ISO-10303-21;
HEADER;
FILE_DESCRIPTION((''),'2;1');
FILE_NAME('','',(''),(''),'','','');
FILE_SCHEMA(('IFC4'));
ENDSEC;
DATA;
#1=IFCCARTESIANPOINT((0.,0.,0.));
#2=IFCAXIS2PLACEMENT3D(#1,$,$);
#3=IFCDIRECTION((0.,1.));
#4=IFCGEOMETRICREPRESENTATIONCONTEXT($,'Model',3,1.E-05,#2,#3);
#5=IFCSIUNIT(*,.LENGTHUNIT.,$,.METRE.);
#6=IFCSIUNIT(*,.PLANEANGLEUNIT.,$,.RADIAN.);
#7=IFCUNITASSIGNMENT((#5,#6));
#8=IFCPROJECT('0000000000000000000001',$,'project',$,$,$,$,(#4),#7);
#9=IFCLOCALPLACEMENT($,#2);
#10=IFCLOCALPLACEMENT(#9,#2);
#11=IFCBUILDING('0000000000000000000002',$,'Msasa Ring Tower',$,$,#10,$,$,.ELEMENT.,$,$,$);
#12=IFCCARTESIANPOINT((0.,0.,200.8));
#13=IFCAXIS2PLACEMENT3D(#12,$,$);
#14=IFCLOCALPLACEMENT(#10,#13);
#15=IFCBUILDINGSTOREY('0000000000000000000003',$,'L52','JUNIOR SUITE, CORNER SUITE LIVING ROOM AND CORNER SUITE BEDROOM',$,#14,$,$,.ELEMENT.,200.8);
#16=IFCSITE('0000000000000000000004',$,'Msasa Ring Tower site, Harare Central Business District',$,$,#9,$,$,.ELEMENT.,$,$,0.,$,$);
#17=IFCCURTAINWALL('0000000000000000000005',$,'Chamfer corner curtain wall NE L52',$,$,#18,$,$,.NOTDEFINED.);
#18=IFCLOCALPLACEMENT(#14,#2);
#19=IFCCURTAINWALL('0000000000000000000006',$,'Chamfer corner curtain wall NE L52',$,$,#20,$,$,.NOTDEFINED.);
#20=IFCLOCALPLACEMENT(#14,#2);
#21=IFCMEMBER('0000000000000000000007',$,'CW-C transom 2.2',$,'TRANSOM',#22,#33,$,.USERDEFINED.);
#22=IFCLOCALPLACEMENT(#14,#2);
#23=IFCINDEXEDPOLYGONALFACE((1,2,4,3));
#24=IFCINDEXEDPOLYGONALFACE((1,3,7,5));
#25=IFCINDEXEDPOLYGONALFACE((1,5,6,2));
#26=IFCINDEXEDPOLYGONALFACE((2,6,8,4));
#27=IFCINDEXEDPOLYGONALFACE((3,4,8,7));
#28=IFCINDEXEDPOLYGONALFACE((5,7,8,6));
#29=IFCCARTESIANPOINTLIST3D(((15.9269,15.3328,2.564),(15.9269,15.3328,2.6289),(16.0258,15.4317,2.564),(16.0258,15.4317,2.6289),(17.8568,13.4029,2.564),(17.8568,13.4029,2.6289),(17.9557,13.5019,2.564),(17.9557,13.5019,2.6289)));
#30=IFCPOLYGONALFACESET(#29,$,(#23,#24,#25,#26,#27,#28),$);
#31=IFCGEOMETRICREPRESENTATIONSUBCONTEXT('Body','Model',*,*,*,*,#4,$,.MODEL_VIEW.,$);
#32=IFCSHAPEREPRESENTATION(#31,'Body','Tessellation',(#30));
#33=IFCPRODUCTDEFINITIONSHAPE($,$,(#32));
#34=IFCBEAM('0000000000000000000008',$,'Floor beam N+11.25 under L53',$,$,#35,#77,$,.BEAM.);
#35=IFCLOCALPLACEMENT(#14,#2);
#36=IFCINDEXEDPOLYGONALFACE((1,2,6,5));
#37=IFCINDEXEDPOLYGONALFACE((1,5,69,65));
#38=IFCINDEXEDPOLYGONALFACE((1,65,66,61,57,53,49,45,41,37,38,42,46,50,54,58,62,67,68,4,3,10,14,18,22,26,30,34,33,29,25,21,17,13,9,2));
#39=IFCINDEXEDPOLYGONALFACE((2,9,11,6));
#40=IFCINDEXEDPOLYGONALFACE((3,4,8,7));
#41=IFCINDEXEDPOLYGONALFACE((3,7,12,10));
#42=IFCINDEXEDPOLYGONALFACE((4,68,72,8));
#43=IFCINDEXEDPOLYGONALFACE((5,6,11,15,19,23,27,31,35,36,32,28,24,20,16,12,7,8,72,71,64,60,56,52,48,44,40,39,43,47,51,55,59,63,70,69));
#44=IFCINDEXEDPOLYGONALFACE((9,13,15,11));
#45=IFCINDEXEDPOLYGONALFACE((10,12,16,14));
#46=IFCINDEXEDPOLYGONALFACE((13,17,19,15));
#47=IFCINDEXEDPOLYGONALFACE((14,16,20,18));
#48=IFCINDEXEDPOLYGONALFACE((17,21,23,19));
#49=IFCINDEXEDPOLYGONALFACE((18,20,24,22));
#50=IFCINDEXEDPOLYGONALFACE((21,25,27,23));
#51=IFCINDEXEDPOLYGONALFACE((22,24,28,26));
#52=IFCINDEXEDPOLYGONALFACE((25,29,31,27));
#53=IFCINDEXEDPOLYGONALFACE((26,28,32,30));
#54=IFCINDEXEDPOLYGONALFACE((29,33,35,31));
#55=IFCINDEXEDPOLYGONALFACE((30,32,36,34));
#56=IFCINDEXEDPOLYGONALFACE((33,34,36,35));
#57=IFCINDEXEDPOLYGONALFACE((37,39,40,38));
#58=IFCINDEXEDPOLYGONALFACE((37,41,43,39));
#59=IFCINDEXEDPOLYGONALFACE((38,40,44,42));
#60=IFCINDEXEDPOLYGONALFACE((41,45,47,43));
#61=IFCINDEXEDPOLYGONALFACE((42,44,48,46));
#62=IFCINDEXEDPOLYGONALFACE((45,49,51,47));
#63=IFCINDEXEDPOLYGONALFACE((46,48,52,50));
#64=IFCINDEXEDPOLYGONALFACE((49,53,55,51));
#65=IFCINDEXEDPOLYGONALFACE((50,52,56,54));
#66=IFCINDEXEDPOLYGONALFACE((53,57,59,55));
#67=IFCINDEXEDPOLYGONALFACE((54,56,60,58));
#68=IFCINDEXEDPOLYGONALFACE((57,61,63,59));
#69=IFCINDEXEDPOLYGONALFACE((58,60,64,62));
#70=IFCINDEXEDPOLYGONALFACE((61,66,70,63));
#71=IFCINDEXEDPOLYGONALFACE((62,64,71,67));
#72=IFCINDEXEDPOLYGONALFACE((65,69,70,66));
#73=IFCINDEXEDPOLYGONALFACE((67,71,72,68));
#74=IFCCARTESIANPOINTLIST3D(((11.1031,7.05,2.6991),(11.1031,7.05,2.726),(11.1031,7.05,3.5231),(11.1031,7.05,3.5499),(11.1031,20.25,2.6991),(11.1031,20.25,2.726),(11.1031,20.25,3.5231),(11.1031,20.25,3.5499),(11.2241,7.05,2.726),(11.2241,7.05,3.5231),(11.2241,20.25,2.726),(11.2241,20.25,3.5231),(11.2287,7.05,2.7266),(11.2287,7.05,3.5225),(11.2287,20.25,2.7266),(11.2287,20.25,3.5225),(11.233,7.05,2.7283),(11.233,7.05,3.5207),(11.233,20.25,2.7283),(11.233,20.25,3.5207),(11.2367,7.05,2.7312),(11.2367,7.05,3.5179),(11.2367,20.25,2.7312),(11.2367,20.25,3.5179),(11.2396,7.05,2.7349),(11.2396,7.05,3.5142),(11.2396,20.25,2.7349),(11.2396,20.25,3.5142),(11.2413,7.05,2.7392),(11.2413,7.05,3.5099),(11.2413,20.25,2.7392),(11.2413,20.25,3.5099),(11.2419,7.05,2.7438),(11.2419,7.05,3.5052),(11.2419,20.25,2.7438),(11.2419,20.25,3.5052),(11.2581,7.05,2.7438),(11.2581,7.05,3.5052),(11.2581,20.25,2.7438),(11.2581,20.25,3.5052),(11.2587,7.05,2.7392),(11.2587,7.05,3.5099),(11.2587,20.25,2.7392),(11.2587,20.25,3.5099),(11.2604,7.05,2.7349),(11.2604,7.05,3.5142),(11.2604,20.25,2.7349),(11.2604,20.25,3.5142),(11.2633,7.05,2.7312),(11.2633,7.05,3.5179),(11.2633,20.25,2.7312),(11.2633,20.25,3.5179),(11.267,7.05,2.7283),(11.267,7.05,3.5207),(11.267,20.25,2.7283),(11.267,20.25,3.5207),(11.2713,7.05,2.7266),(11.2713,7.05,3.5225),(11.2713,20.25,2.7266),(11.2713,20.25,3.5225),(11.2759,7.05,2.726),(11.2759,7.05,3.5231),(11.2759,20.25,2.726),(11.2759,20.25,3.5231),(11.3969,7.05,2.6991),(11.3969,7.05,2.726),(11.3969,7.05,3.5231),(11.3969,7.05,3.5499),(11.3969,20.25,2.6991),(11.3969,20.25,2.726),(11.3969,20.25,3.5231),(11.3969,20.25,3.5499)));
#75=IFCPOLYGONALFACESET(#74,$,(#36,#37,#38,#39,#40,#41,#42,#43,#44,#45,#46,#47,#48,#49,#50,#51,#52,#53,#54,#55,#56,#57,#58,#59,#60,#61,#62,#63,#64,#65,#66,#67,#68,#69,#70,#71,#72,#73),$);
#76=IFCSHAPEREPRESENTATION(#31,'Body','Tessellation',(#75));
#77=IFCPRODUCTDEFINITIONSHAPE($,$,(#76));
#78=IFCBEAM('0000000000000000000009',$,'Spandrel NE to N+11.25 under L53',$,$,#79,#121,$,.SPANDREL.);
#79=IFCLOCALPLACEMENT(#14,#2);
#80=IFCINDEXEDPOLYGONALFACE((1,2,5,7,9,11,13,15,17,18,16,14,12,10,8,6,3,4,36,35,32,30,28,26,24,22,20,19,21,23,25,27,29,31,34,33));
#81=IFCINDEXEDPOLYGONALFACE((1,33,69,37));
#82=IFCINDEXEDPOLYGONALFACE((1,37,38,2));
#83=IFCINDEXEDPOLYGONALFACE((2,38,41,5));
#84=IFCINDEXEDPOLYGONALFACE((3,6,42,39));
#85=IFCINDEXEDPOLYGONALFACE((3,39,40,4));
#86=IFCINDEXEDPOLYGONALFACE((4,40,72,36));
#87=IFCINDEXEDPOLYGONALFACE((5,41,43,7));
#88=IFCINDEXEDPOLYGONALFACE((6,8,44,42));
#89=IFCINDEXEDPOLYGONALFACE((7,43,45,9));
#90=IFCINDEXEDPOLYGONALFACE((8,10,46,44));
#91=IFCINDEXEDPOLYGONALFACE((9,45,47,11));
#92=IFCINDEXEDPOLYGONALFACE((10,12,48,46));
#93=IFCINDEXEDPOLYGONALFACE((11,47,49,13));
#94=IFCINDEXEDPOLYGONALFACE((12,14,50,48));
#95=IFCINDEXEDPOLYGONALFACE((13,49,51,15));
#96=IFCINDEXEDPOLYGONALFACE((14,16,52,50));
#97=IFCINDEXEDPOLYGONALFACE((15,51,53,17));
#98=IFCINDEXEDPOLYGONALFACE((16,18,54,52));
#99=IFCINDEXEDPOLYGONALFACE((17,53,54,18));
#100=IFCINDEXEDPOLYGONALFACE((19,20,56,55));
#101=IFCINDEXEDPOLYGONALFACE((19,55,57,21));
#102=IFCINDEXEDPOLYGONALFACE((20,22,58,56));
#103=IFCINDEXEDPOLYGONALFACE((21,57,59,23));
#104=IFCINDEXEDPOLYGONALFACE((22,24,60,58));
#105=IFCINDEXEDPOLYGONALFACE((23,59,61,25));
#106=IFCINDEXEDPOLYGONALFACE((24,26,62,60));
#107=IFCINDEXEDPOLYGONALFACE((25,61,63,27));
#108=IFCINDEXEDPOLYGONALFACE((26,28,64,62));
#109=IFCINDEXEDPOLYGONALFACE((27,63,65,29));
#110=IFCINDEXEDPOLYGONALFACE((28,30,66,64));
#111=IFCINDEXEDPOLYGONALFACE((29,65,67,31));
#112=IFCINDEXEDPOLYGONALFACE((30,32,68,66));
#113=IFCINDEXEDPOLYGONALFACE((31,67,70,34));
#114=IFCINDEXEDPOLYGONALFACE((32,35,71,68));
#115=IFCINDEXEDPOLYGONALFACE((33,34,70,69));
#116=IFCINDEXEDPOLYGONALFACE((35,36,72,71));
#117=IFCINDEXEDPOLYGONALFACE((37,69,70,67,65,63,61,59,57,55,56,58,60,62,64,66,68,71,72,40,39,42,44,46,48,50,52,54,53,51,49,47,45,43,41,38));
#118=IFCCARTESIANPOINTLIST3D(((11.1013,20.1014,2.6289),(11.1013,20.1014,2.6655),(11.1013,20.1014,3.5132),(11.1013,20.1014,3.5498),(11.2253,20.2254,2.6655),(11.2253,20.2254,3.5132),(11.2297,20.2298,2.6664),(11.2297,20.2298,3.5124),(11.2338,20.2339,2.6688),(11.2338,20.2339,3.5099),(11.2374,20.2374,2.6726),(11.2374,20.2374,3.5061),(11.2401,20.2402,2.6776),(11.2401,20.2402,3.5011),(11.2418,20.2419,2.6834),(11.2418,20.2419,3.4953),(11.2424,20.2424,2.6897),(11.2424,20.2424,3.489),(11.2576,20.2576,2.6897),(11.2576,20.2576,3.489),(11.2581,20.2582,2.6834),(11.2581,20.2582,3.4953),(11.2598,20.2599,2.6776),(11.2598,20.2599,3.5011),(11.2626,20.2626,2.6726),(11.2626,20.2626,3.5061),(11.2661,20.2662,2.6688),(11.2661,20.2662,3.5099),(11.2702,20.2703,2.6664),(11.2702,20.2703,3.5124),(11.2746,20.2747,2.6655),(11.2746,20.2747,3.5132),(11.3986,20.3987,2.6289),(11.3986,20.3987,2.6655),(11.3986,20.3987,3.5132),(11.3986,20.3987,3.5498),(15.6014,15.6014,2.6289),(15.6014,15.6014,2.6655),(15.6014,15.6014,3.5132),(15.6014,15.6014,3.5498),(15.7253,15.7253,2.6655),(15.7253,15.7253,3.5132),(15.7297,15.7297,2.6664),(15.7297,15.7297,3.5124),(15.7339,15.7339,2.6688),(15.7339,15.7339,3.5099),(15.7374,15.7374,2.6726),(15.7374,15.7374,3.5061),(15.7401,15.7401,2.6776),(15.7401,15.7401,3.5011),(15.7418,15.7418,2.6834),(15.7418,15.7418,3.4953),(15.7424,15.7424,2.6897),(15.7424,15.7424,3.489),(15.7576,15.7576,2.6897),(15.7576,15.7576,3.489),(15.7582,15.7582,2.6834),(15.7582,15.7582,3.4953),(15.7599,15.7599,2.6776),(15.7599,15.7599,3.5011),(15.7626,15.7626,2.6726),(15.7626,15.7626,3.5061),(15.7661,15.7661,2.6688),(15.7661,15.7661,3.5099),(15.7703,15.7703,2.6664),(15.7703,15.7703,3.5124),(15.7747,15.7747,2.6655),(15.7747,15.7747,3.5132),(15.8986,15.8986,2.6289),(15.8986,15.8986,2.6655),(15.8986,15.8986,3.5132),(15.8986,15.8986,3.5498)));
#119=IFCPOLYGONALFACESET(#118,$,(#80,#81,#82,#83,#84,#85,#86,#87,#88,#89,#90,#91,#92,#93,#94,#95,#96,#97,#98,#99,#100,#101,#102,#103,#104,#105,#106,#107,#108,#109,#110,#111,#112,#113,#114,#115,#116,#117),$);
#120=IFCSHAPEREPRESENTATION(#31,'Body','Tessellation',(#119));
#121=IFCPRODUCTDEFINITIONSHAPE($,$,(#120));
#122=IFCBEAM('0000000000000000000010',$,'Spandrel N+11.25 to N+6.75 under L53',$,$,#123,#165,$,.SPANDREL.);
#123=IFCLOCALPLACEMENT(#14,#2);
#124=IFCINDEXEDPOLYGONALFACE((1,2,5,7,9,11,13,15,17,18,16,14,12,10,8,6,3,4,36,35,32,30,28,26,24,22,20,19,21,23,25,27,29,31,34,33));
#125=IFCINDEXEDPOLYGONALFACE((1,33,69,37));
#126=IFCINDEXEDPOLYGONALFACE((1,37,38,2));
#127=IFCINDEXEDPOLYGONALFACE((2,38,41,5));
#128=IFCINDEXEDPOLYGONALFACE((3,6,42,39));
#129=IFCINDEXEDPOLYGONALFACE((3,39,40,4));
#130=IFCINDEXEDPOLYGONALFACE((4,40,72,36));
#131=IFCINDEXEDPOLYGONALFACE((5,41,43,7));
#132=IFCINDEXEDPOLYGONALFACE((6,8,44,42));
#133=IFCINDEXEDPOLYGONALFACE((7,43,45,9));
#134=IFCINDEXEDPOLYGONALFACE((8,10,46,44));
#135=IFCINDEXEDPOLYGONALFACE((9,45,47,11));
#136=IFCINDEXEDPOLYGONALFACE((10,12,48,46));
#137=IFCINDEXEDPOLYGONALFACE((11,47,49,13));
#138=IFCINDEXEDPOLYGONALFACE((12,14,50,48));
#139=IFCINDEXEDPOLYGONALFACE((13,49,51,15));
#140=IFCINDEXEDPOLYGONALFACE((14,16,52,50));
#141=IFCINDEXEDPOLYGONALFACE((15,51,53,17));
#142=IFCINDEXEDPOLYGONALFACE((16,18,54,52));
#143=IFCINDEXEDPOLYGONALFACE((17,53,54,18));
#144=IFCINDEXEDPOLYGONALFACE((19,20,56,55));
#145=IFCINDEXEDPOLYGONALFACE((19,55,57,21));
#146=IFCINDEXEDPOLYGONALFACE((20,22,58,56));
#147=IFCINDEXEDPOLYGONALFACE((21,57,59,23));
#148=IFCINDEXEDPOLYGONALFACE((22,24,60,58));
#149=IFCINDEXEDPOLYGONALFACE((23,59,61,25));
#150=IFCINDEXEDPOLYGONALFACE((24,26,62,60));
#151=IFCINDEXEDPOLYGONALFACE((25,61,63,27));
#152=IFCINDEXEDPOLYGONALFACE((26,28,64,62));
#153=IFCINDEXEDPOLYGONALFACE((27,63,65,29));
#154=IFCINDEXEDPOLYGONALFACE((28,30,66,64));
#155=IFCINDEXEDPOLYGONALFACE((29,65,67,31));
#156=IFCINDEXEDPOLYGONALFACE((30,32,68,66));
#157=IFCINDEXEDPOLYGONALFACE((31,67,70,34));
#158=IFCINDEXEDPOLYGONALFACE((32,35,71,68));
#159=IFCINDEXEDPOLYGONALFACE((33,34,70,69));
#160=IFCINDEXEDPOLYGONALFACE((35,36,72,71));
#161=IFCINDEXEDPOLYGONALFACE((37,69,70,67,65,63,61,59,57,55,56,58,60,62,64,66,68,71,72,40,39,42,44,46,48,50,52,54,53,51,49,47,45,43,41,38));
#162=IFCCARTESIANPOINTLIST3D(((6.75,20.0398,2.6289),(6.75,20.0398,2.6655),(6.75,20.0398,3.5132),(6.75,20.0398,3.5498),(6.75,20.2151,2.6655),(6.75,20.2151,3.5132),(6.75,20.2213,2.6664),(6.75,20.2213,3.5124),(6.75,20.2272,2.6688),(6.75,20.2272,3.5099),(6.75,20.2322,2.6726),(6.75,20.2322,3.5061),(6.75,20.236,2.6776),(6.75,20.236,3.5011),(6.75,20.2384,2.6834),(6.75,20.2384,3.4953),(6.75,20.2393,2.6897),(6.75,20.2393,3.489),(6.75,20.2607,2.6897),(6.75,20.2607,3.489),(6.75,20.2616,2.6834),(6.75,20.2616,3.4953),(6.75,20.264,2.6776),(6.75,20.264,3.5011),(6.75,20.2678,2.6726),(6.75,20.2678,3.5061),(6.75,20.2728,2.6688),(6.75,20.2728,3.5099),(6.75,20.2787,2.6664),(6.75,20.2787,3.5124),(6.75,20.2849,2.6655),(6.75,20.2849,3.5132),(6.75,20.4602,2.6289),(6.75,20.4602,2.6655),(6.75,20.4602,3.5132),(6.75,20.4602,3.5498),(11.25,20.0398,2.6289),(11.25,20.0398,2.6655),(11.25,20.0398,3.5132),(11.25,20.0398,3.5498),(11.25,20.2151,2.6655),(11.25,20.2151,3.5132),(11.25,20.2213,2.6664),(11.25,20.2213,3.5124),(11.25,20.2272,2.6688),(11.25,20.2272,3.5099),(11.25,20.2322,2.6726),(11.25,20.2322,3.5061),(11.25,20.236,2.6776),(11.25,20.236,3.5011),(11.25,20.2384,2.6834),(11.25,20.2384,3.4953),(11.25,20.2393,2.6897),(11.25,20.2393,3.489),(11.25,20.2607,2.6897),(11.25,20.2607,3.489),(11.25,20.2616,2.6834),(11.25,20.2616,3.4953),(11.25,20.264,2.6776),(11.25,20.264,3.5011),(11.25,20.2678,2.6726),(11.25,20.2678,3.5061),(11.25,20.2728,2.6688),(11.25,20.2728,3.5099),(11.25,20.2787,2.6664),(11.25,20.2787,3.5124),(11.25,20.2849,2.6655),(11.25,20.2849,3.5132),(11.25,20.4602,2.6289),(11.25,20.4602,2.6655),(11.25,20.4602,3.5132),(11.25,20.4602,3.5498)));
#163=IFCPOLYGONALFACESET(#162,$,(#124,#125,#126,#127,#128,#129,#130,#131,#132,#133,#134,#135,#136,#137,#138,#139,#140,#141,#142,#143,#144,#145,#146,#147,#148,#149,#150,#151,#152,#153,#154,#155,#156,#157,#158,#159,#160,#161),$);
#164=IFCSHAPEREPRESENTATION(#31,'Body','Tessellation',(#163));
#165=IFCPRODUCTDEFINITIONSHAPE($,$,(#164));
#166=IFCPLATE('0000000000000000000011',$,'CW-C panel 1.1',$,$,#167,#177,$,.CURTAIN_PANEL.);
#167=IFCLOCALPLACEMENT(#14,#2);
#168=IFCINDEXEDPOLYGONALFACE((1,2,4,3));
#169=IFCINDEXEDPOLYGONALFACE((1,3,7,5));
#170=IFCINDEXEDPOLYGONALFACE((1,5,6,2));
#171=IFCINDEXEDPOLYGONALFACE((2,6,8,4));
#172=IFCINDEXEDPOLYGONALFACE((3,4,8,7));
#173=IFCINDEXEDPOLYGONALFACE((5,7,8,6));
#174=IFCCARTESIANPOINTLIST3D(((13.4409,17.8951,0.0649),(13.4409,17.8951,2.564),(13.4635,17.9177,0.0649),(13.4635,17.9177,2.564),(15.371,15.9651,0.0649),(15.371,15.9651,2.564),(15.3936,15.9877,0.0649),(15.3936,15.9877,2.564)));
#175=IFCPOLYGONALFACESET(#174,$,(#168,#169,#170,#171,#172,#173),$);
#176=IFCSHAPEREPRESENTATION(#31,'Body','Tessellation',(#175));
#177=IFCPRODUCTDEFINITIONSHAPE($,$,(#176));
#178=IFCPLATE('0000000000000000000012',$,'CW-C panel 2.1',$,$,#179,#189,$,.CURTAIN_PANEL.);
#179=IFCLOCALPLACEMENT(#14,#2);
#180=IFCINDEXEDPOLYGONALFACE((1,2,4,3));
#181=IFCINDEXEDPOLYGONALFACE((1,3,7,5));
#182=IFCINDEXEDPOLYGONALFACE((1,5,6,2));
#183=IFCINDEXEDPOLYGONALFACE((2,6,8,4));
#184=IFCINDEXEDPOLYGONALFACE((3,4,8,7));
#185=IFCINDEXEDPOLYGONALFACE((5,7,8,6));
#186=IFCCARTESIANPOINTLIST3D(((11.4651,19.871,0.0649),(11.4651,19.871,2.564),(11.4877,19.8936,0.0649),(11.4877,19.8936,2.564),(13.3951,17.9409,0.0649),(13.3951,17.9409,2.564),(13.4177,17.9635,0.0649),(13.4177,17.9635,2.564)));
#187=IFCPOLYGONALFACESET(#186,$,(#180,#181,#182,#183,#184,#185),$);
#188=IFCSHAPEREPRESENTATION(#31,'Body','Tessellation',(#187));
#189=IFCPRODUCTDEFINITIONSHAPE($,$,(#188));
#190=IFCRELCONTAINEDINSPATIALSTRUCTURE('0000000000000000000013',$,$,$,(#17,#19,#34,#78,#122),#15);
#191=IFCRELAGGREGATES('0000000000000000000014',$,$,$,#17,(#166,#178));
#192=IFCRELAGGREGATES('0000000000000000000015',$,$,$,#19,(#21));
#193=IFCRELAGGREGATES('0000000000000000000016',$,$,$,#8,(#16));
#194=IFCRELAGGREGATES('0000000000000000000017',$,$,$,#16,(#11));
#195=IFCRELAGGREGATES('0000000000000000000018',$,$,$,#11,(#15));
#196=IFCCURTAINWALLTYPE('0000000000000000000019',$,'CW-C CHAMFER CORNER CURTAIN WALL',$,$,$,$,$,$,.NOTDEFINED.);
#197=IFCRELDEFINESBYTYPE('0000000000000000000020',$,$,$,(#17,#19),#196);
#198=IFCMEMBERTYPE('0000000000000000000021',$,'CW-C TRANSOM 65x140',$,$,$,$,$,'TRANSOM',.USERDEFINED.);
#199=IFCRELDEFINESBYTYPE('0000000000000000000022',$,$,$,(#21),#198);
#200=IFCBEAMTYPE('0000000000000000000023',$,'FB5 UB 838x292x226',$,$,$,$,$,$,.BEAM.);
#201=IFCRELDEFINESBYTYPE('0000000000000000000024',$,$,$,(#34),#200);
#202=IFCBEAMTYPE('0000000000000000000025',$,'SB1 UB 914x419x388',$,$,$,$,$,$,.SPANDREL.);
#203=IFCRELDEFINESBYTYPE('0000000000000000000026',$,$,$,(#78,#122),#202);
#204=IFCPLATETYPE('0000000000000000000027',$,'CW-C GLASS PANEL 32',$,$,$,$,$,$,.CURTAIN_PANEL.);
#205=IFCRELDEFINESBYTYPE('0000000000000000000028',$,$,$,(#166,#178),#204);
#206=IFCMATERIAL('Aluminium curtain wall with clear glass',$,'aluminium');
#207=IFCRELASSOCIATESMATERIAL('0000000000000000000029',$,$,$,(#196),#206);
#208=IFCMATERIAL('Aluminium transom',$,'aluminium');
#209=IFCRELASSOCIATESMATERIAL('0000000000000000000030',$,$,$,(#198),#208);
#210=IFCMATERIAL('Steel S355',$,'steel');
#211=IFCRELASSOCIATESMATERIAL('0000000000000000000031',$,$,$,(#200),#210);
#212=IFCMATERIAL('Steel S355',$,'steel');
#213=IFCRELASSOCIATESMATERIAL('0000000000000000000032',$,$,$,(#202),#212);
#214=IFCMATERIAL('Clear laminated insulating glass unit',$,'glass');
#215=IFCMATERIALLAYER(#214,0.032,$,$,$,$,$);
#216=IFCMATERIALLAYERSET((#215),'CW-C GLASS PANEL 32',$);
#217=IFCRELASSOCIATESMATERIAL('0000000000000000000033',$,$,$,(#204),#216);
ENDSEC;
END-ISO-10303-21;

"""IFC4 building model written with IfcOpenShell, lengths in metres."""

from ifc_helpers import new_model, si_unit, direction, frame, origin, origin_2d, place, context, subcontext, project, spatial, rectangle, i_section, extrude, material, layer, layer_set, material_profile, profile_set, type_object, element, aggregate, save


model = new_model("IFC4")

# Units and contexts
model_context = context("Model", 3, precision=1e-05, world=origin(), true_north=direction((0.0, 1.0)))
body_context = subcontext(model_context, "Body", "Model", "MODEL_VIEW")
ifc_project = project(units=[si_unit("LENGTHUNIT", "METRE"), si_unit("PLANEANGLEUNIT", "RADIAN")], contexts=[model_context])

# Site, building, storey
site_placement = place(None, origin())
site = spatial("IfcSite", under=ifc_project, at=site_placement, Name="Msasa Ring Tower site, Harare Central Business District", CompositionType="ELEMENT", RefElevation=0.0)
building_placement = place(site_placement, origin())
building = spatial("IfcBuilding", under=site, at=building_placement, Name="Msasa Ring Tower", CompositionType="ELEMENT")
storey_placement = place(building_placement, frame((0.0, 0.0, 200.8)))
storey = spatial("IfcBuildingStorey", under=building, at=storey_placement, Name="L52", Description="JUNIOR SUITE, CORNER SUITE LIVING ROOM AND CORNER SUITE BEDROOM", CompositionType="ELEMENT", Elevation=200.8)

# Curtain walls
ifc_material_1 = material(Name="Aluminium curtain wall with clear glass", Category="aluminium")
curtain_wall_type = type_object("IfcCurtainWallType", Name="CW-C CHAMFER CORNER CURTAIN WALL", PredefinedType="NOTDEFINED", material=ifc_material_1)
curtain_wall_1_placement = place(storey_placement, origin())
curtain_wall_1 = element("IfcCurtainWall", 1, at=curtain_wall_1_placement, inside=storey, type_object=curtain_wall_type, Name="Chamfer corner curtain wall NE L52", PredefinedType="NOTDEFINED")
curtain_wall_2_placement = place(storey_placement, origin())
curtain_wall_2 = element("IfcCurtainWall", 2, at=curtain_wall_2_placement, inside=storey, type_object=curtain_wall_type, Name="Chamfer corner curtain wall NE L52", PredefinedType="NOTDEFINED")

# Member
ifc_material_2 = material(Name="Aluminium transom", Category="aluminium")
ifc_material_profile_1 = material_profile(ifc_material_2, rectangle(XDim=0.1399, YDim=0.0649, at=origin_2d()), Name="AL 65x140")
ifc_profile_set_1 = profile_set([ifc_material_profile_1], Name="Aluminium transom")
member_type_1 = type_object("IfcMemberType", Name="CW-C TRANSOM 65x140", ElementType="TRANSOM", PredefinedType="USERDEFINED", material=ifc_profile_set_1)
member_1_placement = place(storey_placement, frame((17.9062, 13.4524, 2.5964), z_axis=(-0.707107, 0.707107, 0.0), x_axis=(-0.707107, -0.707107, 0.0)))
member_1 = element("IfcMember", 3, at=member_1_placement, type_object=member_type_1, Name="CW-C transom 2.2", ObjectType="TRANSOM", PredefinedType="USERDEFINED", context=body_context, shape_type="SweptSolid", body=[
    extrude(rectangle(XDim=0.1399, YDim=0.0649, at=origin_2d()), origin(), (0.0, 0.0, 1.0), 2.7292),
])

# Beams
ifc_material_3 = material(Name="Steel S355", Category="steel")
ifc_material_profile_2 = material_profile(ifc_material_3, i_section(OverallWidth=0.2937, OverallDepth=0.8508, WebThickness=0.0161, FlangeThickness=0.0269, FilletRadius=0.0178, at=origin_2d()), Name="UB 838x292x226")
ifc_profile_set_2 = profile_set([ifc_material_profile_2], Name="Steel S355")
beam_type_1 = type_object("IfcBeamType", Name="FB5 UB 838x292x226", PredefinedType="BEAM", material=ifc_profile_set_2)
beam_1_placement = place(storey_placement, frame((11.25, 20.25, 3.1245), z_axis=(0.0, -1.0, 0.0), x_axis=(1.0, 0.0, 0.0)))
element("IfcBeam", 4, at=beam_1_placement, inside=storey, type_object=beam_type_1, Name="Floor beam N+11.25 under L53", PredefinedType="BEAM", context=body_context, shape_type="SweptSolid", body=[
    extrude(i_section(OverallWidth=0.2937, OverallDepth=0.8508, WebThickness=0.0161, FlangeThickness=0.0269, FilletRadius=0.0178, at=origin_2d()), origin(), (0.0, 0.0, 1.0), 13.2),
])
ifc_material_4 = material(Name="Steel S355", Category="steel")
ifc_material_profile_3 = material_profile(ifc_material_4, i_section(OverallWidth=0.4204, OverallDepth=0.9209, WebThickness=0.0215, FlangeThickness=0.0366, FilletRadius=0.0242, at=origin_2d()), Name="UB 914x419x388")
ifc_profile_set_3 = profile_set([ifc_material_profile_3], Name="Steel S355")
beam_type_2 = type_object("IfcBeamType", Name="SB1 UB 914x419x388", PredefinedType="SPANDREL", material=ifc_profile_set_3)
beam_2_placement = place(storey_placement, frame((15.75, 15.75, 3.0894), z_axis=(-0.707107, 0.707107, 0.0), x_axis=(-0.707107, -0.707107, 0.0)))
element("IfcBeam", 5, at=beam_2_placement, inside=storey, type_object=beam_type_2, Name="Spandrel NE to N+11.25 under L53", PredefinedType="SPANDREL", context=body_context, shape_type="SweptSolid", body=[
    extrude(i_section(OverallWidth=0.4204, OverallDepth=0.9209, WebThickness=0.0215, FlangeThickness=0.0366, FilletRadius=0.0242, at=origin_2d()), origin(), (0.0, 0.0, 1.0), 6.364),
])
beam_3_placement = place(storey_placement, frame((11.25, 20.25, 3.0894), z_axis=(-1.0, 0.0, 0.0), x_axis=(0.0, -1.0, 0.0)))
element("IfcBeam", 6, at=beam_3_placement, inside=storey, type_object=beam_type_2, Name="Spandrel N+11.25 to N+6.75 under L53", PredefinedType="SPANDREL", context=body_context, shape_type="SweptSolid", body=[
    extrude(i_section(OverallWidth=0.4204, OverallDepth=0.9209, WebThickness=0.0215, FlangeThickness=0.0366, FilletRadius=0.0242, at=origin_2d()), origin(), (0.0, 0.0, 1.0), 4.5),
])

# Plates
ifc_material_5 = material(Name="Clear laminated insulating glass unit", Category="glass")
ifc_layer_1 = layer(ifc_material_5, 0.032)
ifc_layer_set_1 = layer_set([ifc_layer_1], Name="CW-C GLASS PANEL 32")
plate_type = type_object("IfcPlateType", Name="CW-C GLASS PANEL 32", PredefinedType="CURTAIN_PANEL", material=ifc_layer_set_1)
plate_1_placement = place(storey_placement, frame((14.4172, 16.9414, 0.0649), z_axis=(0.0, 0.0, 1.0), x_axis=(-0.707107, 0.707107, 0.0)))
plate_1 = element("IfcPlate", 7, at=plate_1_placement, type_object=plate_type, Name="CW-C panel 1.1", PredefinedType="CURTAIN_PANEL", context=body_context, shape_type="SweptSolid", body=[
    extrude(rectangle(XDim=2.7295, YDim=0.032, at=origin_2d()), origin(), (0.0, 0.0, 1.0), 2.499),
])
plate_2_placement = place(storey_placement, frame((12.4414, 18.9172, 0.0649), z_axis=(0.0, 0.0, 1.0), x_axis=(-0.707107, 0.707107, 0.0)))
plate_2 = element("IfcPlate", 8, at=plate_2_placement, type_object=plate_type, Name="CW-C panel 2.1", PredefinedType="CURTAIN_PANEL", context=body_context, shape_type="SweptSolid", body=[
    extrude(rectangle(XDim=2.7295, YDim=0.032, at=origin_2d()), origin(), (0.0, 0.0, 1.0), 2.499),
])
aggregate(curtain_wall_1, [plate_1, plate_2])
aggregate(curtain_wall_2, [member_1])

save(model, "model.ifc")
